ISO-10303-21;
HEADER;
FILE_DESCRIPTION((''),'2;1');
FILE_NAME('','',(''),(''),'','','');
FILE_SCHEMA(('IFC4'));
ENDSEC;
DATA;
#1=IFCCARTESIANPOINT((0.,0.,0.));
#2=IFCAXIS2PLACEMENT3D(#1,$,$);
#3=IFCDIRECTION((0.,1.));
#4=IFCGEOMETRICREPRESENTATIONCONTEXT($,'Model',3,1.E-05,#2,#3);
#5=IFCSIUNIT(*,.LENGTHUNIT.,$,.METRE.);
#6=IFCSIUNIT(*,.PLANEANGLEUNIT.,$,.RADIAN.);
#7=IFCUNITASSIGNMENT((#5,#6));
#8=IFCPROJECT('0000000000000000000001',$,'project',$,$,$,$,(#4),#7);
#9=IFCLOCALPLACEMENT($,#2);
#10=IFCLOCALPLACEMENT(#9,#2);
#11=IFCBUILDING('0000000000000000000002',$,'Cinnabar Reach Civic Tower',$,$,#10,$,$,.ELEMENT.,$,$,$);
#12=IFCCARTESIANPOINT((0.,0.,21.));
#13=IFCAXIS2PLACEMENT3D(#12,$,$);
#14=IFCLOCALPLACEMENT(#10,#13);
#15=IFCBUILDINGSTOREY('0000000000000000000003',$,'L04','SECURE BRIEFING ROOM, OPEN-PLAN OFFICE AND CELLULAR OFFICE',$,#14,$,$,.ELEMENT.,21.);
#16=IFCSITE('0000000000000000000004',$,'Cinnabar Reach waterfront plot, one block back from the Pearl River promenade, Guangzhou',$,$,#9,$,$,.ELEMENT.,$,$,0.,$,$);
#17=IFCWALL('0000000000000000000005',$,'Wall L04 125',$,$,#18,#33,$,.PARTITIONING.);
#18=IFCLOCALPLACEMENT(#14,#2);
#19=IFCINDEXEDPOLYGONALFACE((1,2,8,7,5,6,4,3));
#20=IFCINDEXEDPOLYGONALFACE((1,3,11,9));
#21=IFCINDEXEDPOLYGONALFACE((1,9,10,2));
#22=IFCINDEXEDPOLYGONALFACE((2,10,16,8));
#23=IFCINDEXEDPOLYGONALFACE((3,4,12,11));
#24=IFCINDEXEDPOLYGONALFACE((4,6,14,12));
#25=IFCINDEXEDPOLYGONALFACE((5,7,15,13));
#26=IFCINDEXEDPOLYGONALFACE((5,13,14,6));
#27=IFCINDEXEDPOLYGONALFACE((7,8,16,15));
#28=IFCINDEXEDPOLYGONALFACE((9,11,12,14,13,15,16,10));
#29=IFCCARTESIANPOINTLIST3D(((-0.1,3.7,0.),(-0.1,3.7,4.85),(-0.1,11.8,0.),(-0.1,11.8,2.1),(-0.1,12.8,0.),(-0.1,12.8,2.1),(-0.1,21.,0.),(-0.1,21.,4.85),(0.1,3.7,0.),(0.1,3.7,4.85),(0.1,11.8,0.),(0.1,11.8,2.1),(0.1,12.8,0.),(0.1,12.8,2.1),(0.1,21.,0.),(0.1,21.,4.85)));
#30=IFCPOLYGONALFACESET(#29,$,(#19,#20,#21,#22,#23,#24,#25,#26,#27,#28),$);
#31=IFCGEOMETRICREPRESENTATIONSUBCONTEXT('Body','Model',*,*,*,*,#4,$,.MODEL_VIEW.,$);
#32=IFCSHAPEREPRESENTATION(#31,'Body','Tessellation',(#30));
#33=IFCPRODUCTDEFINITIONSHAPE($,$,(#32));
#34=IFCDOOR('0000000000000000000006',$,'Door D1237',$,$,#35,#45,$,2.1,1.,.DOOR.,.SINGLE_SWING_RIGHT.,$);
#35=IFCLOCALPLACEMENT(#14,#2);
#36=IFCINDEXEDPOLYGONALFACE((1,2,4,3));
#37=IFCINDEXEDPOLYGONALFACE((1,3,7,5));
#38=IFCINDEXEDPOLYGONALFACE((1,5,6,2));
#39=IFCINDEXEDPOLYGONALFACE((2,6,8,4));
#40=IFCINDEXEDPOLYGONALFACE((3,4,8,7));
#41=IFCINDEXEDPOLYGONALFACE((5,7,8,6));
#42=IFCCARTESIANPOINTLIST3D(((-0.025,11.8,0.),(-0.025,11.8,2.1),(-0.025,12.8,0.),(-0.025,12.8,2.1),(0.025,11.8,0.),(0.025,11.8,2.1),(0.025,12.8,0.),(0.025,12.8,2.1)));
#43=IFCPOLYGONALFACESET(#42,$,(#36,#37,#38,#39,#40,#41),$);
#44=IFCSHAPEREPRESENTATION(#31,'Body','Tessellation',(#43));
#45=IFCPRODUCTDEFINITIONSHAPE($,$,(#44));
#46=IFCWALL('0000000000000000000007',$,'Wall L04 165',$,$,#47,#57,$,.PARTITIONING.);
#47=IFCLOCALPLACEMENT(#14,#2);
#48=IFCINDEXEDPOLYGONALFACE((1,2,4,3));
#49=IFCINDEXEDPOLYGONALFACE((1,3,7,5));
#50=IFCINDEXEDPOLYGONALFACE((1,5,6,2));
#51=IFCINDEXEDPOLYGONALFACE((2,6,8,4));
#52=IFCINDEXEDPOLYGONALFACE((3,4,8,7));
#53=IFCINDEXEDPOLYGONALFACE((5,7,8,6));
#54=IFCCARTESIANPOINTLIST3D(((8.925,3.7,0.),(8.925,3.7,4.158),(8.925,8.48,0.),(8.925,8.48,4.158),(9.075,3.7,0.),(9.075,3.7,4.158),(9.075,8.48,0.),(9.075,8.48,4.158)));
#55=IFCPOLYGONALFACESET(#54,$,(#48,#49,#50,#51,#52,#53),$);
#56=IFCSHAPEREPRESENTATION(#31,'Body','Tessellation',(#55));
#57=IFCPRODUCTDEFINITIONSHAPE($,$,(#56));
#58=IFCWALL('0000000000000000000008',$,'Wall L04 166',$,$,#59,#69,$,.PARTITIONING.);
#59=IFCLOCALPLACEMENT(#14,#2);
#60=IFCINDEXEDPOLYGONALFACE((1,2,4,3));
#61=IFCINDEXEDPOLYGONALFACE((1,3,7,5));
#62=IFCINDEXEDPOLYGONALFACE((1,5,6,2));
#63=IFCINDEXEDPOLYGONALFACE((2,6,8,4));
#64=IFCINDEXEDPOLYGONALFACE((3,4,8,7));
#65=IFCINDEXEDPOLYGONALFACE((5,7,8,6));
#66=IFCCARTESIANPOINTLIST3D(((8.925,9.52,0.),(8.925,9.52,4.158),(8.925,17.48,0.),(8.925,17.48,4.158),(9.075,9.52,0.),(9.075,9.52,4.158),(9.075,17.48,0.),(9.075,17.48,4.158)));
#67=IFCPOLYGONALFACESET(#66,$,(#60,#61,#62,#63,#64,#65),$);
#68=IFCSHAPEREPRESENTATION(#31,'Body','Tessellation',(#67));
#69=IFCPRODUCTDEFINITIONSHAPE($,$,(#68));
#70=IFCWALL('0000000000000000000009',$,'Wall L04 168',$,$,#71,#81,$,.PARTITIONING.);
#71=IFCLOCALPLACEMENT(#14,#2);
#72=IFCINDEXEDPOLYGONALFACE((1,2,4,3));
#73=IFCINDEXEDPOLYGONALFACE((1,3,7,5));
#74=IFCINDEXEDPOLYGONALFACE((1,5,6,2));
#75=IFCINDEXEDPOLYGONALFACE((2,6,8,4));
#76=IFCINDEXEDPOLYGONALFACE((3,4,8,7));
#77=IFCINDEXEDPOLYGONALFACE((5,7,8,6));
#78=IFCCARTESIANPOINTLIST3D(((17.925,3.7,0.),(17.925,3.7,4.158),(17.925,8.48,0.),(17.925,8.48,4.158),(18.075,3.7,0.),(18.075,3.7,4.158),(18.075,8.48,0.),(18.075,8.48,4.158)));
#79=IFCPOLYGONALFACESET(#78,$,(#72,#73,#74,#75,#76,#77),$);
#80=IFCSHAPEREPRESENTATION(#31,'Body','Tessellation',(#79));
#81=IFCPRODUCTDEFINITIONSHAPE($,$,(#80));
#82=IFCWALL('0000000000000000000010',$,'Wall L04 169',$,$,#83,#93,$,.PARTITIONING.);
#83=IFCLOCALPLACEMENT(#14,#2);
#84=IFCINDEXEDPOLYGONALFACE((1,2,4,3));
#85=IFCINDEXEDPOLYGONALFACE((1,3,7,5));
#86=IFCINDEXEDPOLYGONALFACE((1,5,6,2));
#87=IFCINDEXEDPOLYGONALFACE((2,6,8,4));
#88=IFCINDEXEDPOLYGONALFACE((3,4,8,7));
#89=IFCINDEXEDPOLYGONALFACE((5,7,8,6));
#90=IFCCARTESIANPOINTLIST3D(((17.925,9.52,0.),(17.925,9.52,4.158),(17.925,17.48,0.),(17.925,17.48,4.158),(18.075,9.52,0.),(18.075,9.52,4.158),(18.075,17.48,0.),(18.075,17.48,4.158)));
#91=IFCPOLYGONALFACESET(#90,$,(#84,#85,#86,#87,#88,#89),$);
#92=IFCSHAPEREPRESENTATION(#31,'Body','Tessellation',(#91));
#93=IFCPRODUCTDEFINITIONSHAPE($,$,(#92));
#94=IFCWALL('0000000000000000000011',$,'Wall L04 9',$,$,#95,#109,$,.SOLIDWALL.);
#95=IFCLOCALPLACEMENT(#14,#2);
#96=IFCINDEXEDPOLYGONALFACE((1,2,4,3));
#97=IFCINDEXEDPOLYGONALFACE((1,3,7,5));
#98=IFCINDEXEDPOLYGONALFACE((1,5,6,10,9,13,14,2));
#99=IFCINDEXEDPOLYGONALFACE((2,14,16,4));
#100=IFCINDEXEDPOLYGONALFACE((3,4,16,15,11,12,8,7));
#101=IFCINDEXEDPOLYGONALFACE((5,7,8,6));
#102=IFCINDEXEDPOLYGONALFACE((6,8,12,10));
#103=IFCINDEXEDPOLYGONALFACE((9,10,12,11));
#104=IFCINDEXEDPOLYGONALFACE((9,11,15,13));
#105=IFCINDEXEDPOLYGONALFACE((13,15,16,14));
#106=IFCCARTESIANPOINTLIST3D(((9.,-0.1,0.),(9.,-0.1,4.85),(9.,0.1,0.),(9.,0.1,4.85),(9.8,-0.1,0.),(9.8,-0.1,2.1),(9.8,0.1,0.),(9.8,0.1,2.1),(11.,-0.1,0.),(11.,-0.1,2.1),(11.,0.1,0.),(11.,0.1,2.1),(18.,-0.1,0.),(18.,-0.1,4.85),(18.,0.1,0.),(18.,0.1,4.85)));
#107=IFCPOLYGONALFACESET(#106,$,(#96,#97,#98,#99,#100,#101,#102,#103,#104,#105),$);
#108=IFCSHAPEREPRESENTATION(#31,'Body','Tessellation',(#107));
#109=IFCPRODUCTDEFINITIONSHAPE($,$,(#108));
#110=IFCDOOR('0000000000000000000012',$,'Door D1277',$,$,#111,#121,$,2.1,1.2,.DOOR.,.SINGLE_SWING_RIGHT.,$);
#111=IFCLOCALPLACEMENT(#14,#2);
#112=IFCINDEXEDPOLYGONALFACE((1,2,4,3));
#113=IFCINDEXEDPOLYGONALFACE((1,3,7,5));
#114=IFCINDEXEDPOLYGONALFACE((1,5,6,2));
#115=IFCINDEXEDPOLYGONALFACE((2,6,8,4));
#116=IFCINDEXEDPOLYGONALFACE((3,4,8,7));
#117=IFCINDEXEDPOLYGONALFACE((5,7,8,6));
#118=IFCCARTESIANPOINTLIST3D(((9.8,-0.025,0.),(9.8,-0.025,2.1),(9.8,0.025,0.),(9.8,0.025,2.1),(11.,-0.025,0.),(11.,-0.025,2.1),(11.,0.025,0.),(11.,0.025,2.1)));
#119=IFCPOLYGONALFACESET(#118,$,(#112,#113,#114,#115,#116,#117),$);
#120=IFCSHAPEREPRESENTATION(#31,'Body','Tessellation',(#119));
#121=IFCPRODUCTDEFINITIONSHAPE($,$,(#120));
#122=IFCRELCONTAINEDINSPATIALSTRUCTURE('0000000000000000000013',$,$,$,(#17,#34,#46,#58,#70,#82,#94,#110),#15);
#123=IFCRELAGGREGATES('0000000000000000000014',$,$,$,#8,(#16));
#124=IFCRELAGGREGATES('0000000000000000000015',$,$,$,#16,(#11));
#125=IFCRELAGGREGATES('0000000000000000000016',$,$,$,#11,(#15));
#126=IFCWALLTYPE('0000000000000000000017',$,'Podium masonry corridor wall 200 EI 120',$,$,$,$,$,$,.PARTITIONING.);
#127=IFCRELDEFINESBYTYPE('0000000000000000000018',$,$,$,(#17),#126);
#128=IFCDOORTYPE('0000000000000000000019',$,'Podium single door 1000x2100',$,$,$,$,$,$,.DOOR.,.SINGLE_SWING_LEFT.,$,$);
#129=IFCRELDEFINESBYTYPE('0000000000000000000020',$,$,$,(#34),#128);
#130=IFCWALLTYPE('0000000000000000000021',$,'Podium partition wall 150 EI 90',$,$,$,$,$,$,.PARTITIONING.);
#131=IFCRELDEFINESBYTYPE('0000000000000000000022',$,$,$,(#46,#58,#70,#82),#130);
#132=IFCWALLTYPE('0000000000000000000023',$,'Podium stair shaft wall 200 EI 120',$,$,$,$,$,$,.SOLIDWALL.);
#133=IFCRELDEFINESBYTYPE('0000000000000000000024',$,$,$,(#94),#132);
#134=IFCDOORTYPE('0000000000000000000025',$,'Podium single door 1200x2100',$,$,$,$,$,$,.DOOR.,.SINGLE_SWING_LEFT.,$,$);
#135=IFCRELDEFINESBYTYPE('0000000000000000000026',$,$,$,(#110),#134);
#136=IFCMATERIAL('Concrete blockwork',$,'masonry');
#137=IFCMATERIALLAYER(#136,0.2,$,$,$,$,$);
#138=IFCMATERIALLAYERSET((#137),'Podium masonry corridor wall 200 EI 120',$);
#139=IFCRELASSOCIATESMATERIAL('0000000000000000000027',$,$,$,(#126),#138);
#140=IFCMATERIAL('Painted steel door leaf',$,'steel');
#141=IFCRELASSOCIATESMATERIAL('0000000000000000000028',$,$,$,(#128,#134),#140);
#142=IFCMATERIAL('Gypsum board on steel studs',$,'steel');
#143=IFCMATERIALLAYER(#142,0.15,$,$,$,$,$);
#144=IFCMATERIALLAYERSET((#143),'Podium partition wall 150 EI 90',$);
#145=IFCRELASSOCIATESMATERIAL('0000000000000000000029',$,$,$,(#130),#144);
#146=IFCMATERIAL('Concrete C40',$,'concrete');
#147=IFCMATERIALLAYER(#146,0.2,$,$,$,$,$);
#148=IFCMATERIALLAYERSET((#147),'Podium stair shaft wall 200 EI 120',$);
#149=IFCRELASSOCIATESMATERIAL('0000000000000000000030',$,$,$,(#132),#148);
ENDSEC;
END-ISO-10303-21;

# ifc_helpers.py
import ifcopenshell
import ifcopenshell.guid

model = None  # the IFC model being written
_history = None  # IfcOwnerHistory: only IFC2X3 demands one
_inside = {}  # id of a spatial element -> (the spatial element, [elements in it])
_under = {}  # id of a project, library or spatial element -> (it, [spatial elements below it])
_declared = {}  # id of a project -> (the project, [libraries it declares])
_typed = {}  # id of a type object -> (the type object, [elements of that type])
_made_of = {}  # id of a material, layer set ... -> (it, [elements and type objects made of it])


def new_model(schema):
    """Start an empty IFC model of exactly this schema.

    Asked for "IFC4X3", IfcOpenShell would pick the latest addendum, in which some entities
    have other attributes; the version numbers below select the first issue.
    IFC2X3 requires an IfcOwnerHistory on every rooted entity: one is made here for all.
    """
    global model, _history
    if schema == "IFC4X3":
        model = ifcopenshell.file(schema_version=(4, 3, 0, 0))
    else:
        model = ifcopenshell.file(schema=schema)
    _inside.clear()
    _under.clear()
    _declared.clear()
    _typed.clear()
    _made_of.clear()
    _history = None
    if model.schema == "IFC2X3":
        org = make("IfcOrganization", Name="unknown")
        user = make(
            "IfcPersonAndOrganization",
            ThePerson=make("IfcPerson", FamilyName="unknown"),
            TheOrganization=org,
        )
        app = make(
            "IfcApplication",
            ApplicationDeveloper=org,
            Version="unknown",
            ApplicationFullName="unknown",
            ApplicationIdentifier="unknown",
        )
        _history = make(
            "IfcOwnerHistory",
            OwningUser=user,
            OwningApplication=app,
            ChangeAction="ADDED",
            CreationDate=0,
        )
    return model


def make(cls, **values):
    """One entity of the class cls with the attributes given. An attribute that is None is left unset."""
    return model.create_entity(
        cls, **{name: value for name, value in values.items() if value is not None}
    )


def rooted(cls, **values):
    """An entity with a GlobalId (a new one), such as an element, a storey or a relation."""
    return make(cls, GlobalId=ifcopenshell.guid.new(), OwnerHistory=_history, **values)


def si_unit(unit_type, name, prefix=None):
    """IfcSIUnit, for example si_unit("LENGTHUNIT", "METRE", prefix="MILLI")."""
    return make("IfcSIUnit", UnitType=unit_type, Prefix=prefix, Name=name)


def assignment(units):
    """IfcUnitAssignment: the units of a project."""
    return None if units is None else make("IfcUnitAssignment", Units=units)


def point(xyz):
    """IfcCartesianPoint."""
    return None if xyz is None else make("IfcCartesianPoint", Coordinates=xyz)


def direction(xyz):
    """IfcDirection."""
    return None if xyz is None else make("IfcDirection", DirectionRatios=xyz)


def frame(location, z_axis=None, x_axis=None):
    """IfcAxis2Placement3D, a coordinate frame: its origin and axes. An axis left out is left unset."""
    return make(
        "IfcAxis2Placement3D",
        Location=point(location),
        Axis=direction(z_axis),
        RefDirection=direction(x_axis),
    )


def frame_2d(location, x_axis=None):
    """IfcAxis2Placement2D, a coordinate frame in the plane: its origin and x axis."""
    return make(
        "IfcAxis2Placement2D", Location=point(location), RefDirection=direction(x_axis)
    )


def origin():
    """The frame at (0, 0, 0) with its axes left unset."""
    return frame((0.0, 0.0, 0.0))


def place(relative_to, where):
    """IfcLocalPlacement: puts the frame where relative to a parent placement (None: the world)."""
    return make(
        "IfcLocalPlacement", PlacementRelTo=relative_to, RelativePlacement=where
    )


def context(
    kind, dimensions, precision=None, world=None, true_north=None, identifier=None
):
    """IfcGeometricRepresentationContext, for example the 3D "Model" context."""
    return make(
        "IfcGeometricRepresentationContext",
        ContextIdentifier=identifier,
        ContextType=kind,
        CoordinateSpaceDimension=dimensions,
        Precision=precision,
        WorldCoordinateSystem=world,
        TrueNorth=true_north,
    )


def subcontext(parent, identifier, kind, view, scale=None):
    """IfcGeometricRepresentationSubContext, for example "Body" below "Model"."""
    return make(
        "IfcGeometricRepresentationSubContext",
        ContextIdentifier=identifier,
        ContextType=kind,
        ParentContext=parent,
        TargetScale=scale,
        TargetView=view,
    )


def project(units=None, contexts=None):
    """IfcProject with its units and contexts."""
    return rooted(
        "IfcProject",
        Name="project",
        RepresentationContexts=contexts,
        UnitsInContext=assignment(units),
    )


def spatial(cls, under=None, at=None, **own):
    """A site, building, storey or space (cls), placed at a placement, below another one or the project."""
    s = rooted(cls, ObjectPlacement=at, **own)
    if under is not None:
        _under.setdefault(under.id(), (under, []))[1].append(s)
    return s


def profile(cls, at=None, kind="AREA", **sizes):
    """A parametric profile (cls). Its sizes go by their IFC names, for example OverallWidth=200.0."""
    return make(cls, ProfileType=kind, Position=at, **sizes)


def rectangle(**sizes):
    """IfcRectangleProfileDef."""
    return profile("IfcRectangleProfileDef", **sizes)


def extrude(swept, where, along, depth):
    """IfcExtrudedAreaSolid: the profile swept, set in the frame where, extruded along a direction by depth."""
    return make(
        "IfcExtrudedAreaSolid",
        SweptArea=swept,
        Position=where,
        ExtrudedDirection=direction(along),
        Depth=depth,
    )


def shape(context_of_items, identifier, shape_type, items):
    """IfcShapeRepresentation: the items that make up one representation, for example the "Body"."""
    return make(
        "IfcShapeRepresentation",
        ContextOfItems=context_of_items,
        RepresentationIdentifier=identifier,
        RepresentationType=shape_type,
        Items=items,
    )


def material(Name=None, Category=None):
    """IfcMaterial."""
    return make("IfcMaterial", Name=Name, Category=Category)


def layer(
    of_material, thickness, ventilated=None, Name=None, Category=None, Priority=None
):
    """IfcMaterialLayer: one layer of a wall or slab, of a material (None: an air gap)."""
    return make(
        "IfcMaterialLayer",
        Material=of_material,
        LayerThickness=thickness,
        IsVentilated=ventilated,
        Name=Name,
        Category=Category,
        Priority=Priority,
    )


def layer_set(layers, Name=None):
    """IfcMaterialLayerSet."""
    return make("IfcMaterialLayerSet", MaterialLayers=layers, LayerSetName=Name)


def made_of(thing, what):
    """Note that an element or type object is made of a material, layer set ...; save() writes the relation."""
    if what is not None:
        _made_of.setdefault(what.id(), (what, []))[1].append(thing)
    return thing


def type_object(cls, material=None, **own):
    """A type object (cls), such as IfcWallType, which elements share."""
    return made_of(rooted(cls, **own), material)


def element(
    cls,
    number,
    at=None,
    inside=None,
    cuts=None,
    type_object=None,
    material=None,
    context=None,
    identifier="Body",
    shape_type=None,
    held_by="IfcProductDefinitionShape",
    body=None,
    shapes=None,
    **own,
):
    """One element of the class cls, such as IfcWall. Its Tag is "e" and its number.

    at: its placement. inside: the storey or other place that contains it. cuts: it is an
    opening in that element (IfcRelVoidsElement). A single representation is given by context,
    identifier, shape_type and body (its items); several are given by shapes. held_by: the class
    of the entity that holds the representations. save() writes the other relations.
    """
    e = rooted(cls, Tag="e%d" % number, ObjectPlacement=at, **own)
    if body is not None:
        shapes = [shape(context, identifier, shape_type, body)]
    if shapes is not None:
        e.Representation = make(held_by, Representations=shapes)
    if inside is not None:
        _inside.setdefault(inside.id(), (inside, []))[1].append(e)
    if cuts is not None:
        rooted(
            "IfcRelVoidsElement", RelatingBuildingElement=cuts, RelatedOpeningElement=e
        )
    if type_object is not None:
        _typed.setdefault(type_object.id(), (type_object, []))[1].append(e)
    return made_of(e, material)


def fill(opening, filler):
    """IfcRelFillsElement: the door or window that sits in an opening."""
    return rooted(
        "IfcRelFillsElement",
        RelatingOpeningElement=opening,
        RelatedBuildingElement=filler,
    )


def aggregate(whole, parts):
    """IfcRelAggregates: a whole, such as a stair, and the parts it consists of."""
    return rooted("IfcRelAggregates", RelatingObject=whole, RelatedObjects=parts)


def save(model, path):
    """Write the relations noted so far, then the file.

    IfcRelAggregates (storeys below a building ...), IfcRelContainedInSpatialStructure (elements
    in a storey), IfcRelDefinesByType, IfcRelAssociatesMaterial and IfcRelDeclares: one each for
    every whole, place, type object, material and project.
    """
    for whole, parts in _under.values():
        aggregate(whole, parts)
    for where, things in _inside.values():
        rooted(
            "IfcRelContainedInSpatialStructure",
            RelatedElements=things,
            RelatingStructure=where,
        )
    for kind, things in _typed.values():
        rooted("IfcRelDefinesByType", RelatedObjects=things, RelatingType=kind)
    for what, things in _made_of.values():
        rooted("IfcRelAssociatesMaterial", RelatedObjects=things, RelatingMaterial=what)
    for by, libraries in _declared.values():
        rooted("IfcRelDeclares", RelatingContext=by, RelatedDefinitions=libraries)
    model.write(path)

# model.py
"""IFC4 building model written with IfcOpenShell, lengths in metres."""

from ifc_helpers import new_model, si_unit, direction, frame, frame_2d, origin, place, context, subcontext, project, spatial, rectangle, extrude, material, layer, layer_set, type_object, element, fill, save


model = new_model("IFC4")

# Units and contexts
model_context = context("Model", 3, precision=1e-05, world=origin(), true_north=direction((0.0, 1.0)))
body_context = subcontext(model_context, "Body", "Model", "MODEL_VIEW")
ifc_project = project(units=[si_unit("LENGTHUNIT", "METRE"), si_unit("PLANEANGLEUNIT", "RADIAN")], contexts=[model_context])

# Site, building, storey
site_placement = place(None, origin())
site = spatial("IfcSite", under=ifc_project, at=site_placement, Name="Cinnabar Reach waterfront plot, one block back from the Pearl River promenade, Guangzhou", CompositionType="ELEMENT", RefElevation=0.0)
building_placement = place(site_placement, origin())
building = spatial("IfcBuilding", under=site, at=building_placement, Name="Cinnabar Reach Civic Tower", CompositionType="ELEMENT")
storey_placement = place(building_placement, frame((0.0, 0.0, 21.0)))
storey = spatial("IfcBuildingStorey", under=building, at=storey_placement, Name="L04", Description="SECURE BRIEFING ROOM, OPEN-PLAN OFFICE AND CELLULAR OFFICE", CompositionType="ELEMENT", Elevation=21.0)

# Shared definitions
ifc_material_1 = material(Name="Concrete C40", Category="concrete")

# Shared definitions
ifc_material_2 = material(Name="Concrete blockwork", Category="masonry")
ifc_layer_1 = layer(ifc_material_2, 0.2)
ifc_layer_set_1 = layer_set([ifc_layer_1], Name="Podium masonry corridor wall 200 EI 120")
wall_type_1 = type_object("IfcWallType", Name="Podium masonry corridor wall 200 EI 120", PredefinedType="PARTITIONING", material=ifc_layer_set_1)

# Shared definitions
ifc_material_3 = material(Name="Painted steel door leaf", Category="steel")
door_type_1 = type_object("IfcDoorType", Name="Podium single door 1000x2100", OperationType="SINGLE_SWING_LEFT", PredefinedType="DOOR", material=ifc_material_3)

# Wall, opening, door
wall_1_placement = place(storey_placement, frame((0.0, 3.7, 0.0), z_axis=(0.0, 0.0, 1.0), x_axis=(0.0, 1.0, 0.0)))
wall_1 = element("IfcWall", 1, at=wall_1_placement, inside=storey, type_object=wall_type_1, Name="Wall L04 125", PredefinedType="PARTITIONING", context=body_context, shape_type="SweptSolid", body=[
    extrude(rectangle(XDim=17.3, YDim=0.2, at=frame_2d((8.65, 0.0))), origin(), (0.0, 0.0, 1.0), 4.85),
])
opening_1_placement = place(wall_1_placement, frame((8.1, 0.0, 0.0)))
opening_1 = element("IfcOpeningElement", 2, at=opening_1_placement, cuts=wall_1, PredefinedType="OPENING", context=body_context, shape_type="SweptSolid", body=[
    extrude(rectangle(XDim=1.0, YDim=2.1, at=frame_2d((0.5, 1.05))), frame((0.0, 0.11, 0.0), z_axis=(0.0, -1.0, 0.0), x_axis=(1.0, 0.0, 0.0)), (0.0, 0.0, 1.0), 0.22),
])
door_1_placement = place(opening_1_placement, frame((1.0, 0.0, 0.0), z_axis=(0.0, 0.0, 1.0), x_axis=(-1.0, 0.0, 0.0)))
door_1 = element("IfcDoor", 3, at=door_1_placement, inside=storey, type_object=door_type_1, Name="Door D1237", OperationType="SINGLE_SWING_RIGHT", OverallHeight=2.1, OverallWidth=1.0, PredefinedType="DOOR", context=body_context, shape_type="SweptSolid", body=[
    extrude(rectangle(XDim=1.0, YDim=2.1, at=frame_2d((0.5, 1.05))), frame((0.0, 0.025, 0.0), z_axis=(0.0, -1.0, 0.0), x_axis=(1.0, 0.0, 0.0)), (0.0, 0.0, 1.0), 0.05),
])
fill(opening_1, door_1)

# Walls
ifc_material_4 = material(Name="Gypsum board on steel studs", Category="steel")
ifc_layer_2 = layer(ifc_material_4, 0.15)
ifc_layer_set_2 = layer_set([ifc_layer_2], Name="Podium partition wall 150 EI 90")
wall_type_2 = type_object("IfcWallType", Name="Podium partition wall 150 EI 90", PredefinedType="PARTITIONING", material=ifc_layer_set_2)
wall_2_placement = place(storey_placement, frame((9.0, 3.7, 0.0), z_axis=(0.0, 0.0, 1.0), x_axis=(0.0, 1.0, 0.0)))
element("IfcWall", 4, at=wall_2_placement, inside=storey, type_object=wall_type_2, Name="Wall L04 165", PredefinedType="PARTITIONING", context=body_context, shape_type="SweptSolid", body=[
    extrude(rectangle(XDim=4.78, YDim=0.15, at=frame_2d((2.39, 0.0))), origin(), (0.0, 0.0, 1.0), 4.158),
])
wall_3_placement = place(storey_placement, frame((9.0, 9.52, 0.0), z_axis=(0.0, 0.0, 1.0), x_axis=(0.0, 1.0, 0.0)))
element("IfcWall", 5, at=wall_3_placement, inside=storey, type_object=wall_type_2, Name="Wall L04 166", PredefinedType="PARTITIONING", context=body_context, shape_type="SweptSolid", body=[
    extrude(rectangle(XDim=7.96, YDim=0.15, at=frame_2d((3.98, 0.0))), origin(), (0.0, 0.0, 1.0), 4.158),
])
wall_4_placement = place(storey_placement, frame((18.0, 3.7, 0.0), z_axis=(0.0, 0.0, 1.0), x_axis=(0.0, 1.0, 0.0)))
element("IfcWall", 6, at=wall_4_placement, inside=storey, type_object=wall_type_2, Name="Wall L04 168", PredefinedType="PARTITIONING", context=body_context, shape_type="SweptSolid", body=[
    extrude(rectangle(XDim=4.78, YDim=0.15, at=frame_2d((2.39, 0.0))), origin(), (0.0, 0.0, 1.0), 4.158),
])
wall_5_placement = place(storey_placement, frame((18.0, 9.52, 0.0), z_axis=(0.0, 0.0, 1.0), x_axis=(0.0, 1.0, 0.0)))
element("IfcWall", 7, at=wall_5_placement, inside=storey, type_object=wall_type_2, Name="Wall L04 169", PredefinedType="PARTITIONING", context=body_context, shape_type="SweptSolid", body=[
    extrude(rectangle(XDim=7.96, YDim=0.15, at=frame_2d((3.98, 0.0))), origin(), (0.0, 0.0, 1.0), 4.158),
])

# Wall, opening, door
ifc_layer_3 = layer(ifc_material_1, 0.2)
ifc_layer_set_3 = layer_set([ifc_layer_3], Name="Podium stair shaft wall 200 EI 120")
wall_type_3 = type_object("IfcWallType", Name="Podium stair shaft wall 200 EI 120", PredefinedType="SOLIDWALL", material=ifc_layer_set_3)
wall_6_placement = place(storey_placement, frame((9.0, 0.0, 0.0), z_axis=(0.0, 0.0, 1.0), x_axis=(1.0, 0.0, 0.0)))
wall_6 = element("IfcWall", 8, at=wall_6_placement, inside=storey, type_object=wall_type_3, Name="Wall L04 9", PredefinedType="SOLIDWALL", context=body_context, shape_type="SweptSolid", body=[
    extrude(rectangle(XDim=9.0, YDim=0.2, at=frame_2d((4.5, 0.0))), origin(), (0.0, 0.0, 1.0), 4.85),
])
opening_2_placement = place(wall_6_placement, frame((0.8, 0.0, 0.0)))
opening_2 = element("IfcOpeningElement", 9, at=opening_2_placement, cuts=wall_6, PredefinedType="OPENING", context=body_context, shape_type="SweptSolid", body=[
    extrude(rectangle(XDim=1.2, YDim=2.1, at=frame_2d((0.6, 1.05))), frame((0.0, 0.11, 0.0), z_axis=(0.0, -1.0, 0.0), x_axis=(1.0, 0.0, 0.0)), (0.0, 0.0, 1.0), 0.22),
])
door_type_2 = type_object("IfcDoorType", Name="Podium single door 1200x2100", OperationType="SINGLE_SWING_LEFT", PredefinedType="DOOR", material=ifc_material_3)
door_2_placement = place(opening_2_placement, frame((1.2, 0.0, 0.0), z_axis=(0.0, 0.0, 1.0), x_axis=(-1.0, 0.0, 0.0)))
door_2 = element("IfcDoor", 10, at=door_2_placement, inside=storey, type_object=door_type_2, Name="Door D1277", OperationType="SINGLE_SWING_RIGHT", OverallHeight=2.1, OverallWidth=1.2, PredefinedType="DOOR", context=body_context, shape_type="SweptSolid", body=[
    extrude(rectangle(XDim=1.2, YDim=2.1, at=frame_2d((0.6, 1.05))), frame((0.0, 0.025, 0.0), z_axis=(0.0, -1.0, 0.0), x_axis=(1.0, 0.0, 0.0)), (0.0, 0.0, 1.0), 0.05),
])
fill(opening_2, door_2)

save(model, "model.ifc")
